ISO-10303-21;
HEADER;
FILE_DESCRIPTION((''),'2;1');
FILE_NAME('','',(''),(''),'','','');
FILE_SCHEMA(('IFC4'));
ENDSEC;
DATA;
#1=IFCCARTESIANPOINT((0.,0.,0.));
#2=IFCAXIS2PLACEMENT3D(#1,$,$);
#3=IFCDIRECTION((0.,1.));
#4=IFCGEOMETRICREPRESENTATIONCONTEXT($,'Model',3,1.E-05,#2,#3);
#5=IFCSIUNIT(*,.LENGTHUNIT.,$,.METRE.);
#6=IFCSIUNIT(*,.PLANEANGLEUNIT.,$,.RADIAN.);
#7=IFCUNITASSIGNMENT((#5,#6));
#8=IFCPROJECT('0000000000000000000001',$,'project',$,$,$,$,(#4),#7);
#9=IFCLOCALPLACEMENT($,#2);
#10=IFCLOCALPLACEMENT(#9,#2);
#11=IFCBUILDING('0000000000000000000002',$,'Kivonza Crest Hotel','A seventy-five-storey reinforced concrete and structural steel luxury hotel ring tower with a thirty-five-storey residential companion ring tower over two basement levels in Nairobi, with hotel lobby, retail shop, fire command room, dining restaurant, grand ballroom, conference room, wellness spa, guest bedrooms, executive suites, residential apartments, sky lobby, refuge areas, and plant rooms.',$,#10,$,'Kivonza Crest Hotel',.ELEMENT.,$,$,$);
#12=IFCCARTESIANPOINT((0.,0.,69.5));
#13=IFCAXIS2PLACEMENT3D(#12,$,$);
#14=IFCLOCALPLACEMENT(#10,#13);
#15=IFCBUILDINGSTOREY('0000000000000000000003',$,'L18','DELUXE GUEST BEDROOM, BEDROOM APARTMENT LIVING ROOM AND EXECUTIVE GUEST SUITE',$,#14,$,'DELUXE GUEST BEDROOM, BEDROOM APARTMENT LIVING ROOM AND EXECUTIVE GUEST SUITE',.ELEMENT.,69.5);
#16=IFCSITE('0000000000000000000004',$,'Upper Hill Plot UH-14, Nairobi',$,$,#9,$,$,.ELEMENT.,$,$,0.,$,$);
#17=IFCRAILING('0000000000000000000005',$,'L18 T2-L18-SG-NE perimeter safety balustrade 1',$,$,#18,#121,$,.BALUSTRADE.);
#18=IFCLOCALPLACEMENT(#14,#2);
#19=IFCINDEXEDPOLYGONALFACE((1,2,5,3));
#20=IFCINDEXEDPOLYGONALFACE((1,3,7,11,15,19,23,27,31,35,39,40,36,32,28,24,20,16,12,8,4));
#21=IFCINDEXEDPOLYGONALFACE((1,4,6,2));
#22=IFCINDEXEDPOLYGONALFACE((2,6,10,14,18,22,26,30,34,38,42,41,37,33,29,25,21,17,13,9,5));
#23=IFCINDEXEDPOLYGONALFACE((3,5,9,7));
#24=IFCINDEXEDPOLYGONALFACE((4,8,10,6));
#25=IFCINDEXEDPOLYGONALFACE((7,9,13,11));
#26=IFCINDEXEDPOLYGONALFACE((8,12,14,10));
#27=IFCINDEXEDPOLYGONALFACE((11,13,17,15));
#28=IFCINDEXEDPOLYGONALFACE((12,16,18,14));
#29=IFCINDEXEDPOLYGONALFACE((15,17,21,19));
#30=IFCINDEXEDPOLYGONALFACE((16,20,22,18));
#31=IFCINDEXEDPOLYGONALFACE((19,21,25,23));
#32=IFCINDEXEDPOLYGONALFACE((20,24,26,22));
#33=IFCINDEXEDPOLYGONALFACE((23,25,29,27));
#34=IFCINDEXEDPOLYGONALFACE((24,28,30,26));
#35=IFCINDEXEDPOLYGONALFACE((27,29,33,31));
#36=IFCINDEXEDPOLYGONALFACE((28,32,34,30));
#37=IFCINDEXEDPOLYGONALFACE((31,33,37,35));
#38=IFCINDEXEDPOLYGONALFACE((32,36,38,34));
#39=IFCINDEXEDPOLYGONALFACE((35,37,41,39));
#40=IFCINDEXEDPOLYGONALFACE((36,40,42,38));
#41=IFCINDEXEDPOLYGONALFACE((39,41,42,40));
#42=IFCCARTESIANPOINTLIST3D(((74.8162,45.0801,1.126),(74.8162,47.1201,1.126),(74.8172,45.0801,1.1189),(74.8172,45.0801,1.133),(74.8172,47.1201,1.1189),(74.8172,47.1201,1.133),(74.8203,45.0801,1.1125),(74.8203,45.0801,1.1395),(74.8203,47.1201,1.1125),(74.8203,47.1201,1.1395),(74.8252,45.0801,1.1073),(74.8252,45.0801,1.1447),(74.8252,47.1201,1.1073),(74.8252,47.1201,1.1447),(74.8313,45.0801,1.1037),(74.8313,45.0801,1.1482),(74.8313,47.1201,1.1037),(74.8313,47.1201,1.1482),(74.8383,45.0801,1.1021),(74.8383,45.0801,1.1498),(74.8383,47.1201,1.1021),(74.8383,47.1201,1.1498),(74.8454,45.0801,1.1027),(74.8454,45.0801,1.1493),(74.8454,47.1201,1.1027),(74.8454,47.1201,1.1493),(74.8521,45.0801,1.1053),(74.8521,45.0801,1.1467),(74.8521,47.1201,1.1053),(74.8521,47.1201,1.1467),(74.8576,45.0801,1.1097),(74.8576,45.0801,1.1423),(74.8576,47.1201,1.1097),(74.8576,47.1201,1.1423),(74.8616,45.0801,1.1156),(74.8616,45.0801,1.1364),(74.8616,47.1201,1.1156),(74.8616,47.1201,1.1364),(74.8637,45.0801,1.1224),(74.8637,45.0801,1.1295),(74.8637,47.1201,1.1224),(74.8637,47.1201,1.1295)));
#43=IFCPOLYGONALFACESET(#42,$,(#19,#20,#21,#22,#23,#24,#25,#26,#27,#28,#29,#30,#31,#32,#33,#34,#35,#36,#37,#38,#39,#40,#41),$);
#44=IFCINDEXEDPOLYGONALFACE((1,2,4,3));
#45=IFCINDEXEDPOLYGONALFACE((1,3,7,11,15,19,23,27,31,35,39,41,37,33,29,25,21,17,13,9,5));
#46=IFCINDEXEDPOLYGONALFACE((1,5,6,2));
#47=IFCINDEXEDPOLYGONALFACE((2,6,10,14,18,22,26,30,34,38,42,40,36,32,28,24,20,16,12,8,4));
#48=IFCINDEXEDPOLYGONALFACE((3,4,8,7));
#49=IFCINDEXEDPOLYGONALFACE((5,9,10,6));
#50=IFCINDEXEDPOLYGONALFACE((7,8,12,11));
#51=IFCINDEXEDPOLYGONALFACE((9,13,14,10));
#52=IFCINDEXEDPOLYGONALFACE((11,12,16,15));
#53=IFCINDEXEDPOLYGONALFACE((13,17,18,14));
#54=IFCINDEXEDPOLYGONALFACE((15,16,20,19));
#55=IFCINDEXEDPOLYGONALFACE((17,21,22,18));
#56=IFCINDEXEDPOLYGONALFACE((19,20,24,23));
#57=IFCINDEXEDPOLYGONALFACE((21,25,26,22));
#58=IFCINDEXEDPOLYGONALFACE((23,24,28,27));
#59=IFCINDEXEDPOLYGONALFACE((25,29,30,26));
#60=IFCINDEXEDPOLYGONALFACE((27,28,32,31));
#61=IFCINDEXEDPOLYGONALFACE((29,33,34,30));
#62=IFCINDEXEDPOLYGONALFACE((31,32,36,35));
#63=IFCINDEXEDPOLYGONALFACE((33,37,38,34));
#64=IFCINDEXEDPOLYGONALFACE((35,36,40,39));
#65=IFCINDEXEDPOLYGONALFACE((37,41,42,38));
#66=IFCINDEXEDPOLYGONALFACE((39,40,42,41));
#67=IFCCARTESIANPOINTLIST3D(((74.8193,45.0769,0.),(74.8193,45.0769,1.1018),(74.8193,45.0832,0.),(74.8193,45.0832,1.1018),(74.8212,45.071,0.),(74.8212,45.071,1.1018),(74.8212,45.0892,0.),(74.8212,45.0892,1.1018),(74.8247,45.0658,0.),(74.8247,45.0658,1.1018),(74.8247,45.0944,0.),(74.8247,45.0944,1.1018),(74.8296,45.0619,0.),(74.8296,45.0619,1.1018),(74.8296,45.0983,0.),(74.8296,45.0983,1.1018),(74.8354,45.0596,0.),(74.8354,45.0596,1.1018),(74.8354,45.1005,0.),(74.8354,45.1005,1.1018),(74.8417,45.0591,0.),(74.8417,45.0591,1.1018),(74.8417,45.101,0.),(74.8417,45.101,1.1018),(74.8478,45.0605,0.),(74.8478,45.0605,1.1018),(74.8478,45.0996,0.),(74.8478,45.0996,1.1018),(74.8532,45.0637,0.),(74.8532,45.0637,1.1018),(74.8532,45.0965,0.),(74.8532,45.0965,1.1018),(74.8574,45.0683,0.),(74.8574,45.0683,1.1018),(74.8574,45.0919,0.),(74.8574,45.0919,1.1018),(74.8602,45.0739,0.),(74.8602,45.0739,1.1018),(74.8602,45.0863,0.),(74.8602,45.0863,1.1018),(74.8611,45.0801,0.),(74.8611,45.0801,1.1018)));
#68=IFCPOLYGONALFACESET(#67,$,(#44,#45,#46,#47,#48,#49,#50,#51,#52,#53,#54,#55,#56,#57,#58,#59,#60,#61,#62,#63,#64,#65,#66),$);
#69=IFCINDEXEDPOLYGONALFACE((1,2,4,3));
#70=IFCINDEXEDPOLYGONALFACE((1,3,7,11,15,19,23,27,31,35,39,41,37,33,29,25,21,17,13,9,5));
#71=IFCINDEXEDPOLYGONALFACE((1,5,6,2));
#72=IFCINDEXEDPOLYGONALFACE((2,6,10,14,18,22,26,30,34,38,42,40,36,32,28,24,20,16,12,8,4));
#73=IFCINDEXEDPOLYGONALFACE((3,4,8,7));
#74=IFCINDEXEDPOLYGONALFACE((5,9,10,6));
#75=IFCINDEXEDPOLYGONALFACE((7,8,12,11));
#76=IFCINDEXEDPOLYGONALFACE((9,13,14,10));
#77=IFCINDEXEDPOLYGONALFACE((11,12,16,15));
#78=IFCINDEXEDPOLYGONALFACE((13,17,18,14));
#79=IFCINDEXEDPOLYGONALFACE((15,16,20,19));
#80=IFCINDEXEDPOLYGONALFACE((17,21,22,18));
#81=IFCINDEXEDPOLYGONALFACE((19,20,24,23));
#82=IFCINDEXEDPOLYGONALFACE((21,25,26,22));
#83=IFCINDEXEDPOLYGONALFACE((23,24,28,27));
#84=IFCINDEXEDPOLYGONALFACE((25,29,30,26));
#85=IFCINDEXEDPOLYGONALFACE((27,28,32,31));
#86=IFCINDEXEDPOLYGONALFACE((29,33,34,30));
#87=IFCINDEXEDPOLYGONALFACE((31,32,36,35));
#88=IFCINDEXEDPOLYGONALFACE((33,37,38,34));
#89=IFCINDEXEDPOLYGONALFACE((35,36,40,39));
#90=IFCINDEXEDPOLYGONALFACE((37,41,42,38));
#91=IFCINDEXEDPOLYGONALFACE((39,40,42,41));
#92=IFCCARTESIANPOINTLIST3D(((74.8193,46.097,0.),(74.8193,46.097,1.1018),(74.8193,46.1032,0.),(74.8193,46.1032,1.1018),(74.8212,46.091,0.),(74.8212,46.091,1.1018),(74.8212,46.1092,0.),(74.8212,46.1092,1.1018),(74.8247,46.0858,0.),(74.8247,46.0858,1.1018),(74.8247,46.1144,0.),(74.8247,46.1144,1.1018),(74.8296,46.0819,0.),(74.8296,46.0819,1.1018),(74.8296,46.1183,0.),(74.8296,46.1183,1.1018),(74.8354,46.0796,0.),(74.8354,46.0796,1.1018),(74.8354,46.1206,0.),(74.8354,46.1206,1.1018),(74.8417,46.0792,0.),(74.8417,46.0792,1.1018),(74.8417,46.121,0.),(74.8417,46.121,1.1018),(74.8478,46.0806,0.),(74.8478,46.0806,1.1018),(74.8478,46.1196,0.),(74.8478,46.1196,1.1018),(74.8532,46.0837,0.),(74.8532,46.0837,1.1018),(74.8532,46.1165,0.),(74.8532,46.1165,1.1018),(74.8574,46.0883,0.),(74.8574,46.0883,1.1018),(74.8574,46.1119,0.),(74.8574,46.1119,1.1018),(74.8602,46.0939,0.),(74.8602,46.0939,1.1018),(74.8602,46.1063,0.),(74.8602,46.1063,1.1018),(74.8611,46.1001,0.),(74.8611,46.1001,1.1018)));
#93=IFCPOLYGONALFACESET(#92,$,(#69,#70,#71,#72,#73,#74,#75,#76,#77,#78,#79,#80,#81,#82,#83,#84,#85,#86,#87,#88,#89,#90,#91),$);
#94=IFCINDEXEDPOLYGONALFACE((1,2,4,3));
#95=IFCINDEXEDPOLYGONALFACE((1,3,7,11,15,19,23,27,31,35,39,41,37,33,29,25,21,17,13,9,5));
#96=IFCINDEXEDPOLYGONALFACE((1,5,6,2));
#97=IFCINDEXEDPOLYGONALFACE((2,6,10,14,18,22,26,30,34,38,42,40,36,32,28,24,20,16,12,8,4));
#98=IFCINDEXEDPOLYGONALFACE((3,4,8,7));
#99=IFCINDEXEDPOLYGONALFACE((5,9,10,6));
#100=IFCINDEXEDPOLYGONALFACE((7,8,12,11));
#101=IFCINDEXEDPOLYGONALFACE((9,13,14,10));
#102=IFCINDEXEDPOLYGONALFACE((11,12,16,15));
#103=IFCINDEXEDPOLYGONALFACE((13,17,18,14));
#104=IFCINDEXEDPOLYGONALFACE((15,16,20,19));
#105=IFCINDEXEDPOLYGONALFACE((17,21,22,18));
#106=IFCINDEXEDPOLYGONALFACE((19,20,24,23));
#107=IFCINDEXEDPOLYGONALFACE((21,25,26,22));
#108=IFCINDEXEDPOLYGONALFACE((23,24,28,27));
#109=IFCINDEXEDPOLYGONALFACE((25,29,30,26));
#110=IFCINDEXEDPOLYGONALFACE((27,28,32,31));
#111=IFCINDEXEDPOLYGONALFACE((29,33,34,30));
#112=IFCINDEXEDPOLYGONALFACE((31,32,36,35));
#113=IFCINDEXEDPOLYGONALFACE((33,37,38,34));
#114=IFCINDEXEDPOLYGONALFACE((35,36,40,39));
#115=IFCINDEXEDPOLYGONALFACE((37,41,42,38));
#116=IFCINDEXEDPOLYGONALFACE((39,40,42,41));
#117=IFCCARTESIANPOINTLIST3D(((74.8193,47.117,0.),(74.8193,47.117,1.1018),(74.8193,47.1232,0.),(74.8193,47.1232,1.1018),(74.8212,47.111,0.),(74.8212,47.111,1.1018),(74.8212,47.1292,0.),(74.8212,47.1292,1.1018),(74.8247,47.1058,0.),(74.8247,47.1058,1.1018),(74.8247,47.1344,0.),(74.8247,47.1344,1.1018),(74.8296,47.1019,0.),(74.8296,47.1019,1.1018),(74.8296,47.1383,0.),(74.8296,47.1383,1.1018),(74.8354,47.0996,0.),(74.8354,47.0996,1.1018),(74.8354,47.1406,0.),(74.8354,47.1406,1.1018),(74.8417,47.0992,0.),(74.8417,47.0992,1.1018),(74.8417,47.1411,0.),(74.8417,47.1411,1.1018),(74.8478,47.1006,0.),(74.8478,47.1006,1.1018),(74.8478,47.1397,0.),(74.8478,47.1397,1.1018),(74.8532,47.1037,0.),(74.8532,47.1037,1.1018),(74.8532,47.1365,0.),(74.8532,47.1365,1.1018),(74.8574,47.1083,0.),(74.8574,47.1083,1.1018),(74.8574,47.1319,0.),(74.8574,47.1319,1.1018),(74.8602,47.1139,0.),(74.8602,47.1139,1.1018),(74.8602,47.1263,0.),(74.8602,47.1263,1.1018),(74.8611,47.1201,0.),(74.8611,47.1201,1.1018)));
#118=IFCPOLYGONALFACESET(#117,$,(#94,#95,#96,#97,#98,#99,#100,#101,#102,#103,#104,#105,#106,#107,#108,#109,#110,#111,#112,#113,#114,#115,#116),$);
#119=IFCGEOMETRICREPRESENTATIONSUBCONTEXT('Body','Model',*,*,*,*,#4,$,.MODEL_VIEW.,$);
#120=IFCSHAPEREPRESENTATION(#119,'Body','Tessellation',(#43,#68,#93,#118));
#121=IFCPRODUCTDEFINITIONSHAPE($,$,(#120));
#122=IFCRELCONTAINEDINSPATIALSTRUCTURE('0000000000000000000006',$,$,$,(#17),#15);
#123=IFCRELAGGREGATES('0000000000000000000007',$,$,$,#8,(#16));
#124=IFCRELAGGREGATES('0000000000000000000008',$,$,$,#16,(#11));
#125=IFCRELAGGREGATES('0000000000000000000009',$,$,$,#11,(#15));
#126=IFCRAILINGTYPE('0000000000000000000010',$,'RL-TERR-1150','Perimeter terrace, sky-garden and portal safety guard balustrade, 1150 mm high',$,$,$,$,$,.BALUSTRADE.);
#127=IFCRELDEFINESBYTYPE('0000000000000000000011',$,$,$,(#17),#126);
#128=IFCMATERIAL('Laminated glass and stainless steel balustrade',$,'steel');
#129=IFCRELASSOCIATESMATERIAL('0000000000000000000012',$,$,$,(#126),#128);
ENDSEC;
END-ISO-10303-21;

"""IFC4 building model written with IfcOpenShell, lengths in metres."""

from ifc_helpers import new_model, si_unit, direction, frame, origin, origin_2d, place, context, subcontext, project, spatial, circle, extrude, material, type_object, element, save


model = new_model("IFC4")

# Units and contexts
model_context = context("Model", 3, precision=1e-05, world=origin(), true_north=direction((0.0, 1.0)))
body_context = subcontext(model_context, "Body", "Model", "MODEL_VIEW")
ifc_project = project(units=[si_unit("LENGTHUNIT", "METRE"), si_unit("PLANEANGLEUNIT", "RADIAN")], contexts=[model_context])

# Site, building, storey
site_placement = place(None, origin())
site = spatial("IfcSite", under=ifc_project, at=site_placement, Name="Upper Hill Plot UH-14, Nairobi", CompositionType="ELEMENT", RefElevation=0.0)
building_placement = place(site_placement, origin())
building = spatial("IfcBuilding", under=site, at=building_placement, Name="Kivonza Crest Hotel", Description="A seventy-five-storey reinforced concrete and structural steel luxury hotel ring tower with a thirty-five-storey residential companion ring tower over two basement levels in Nairobi, with hotel lobby, retail shop, fire command room, dining restaurant, grand ballroom, conference room, wellness spa, guest bedrooms, executive suites, residential apartments, sky lobby, refuge areas, and plant rooms.", LongName="Kivonza Crest Hotel", CompositionType="ELEMENT")
storey_placement = place(building_placement, frame((0.0, 0.0, 69.5)))
storey = spatial("IfcBuildingStorey", under=building, at=storey_placement, Name="L18", Description="DELUXE GUEST BEDROOM, BEDROOM APARTMENT LIVING ROOM AND EXECUTIVE GUEST SUITE", LongName="DELUXE GUEST BEDROOM, BEDROOM APARTMENT LIVING ROOM AND EXECUTIVE GUEST SUITE", CompositionType="ELEMENT", Elevation=69.5)

# Railing
ifc_material_1 = material(Name="Laminated glass and stainless steel balustrade", Category="steel")
railing_type = type_object("IfcRailingType", Name="RL-TERR-1150", Description="Perimeter terrace, sky-garden and portal safety guard balustrade, 1150 mm high", PredefinedType="BALUSTRADE", material=ifc_material_1)
railing_1_placement = place(storey_placement, frame((74.8401, 45.0801, 0.0)))
element("IfcRailing", 1, at=railing_1_placement, inside=storey, type_object=railing_type, Name="L18 T2-L18-SG-NE perimeter safety balustrade 1", PredefinedType="BALUSTRADE", context=body_context, shape_type="SweptSolid", body=[
    extrude(circle(Radius=0.0239, at=origin_2d()), frame((0.0, 0.0, 1.126), z_axis=(0.0, 1.0, 0.0), x_axis=(-1.0, 0.0, 0.0)), (0.0, 0.0, 1.0), 2.04),
    extrude(circle(Radius=0.021, at=origin_2d()), origin(), (0.0, 0.0, 1.0), 1.1018),
    extrude(circle(Radius=0.021, at=origin_2d()), frame((0.0, 1.02, 0.0)), (0.0, 0.0, 1.0), 1.1018),
    extrude(circle(Radius=0.021, at=origin_2d()), frame((0.0, 2.04, 0.0)), (0.0, 0.0, 1.0), 1.1018),
])

save(model, "model.ifc")
